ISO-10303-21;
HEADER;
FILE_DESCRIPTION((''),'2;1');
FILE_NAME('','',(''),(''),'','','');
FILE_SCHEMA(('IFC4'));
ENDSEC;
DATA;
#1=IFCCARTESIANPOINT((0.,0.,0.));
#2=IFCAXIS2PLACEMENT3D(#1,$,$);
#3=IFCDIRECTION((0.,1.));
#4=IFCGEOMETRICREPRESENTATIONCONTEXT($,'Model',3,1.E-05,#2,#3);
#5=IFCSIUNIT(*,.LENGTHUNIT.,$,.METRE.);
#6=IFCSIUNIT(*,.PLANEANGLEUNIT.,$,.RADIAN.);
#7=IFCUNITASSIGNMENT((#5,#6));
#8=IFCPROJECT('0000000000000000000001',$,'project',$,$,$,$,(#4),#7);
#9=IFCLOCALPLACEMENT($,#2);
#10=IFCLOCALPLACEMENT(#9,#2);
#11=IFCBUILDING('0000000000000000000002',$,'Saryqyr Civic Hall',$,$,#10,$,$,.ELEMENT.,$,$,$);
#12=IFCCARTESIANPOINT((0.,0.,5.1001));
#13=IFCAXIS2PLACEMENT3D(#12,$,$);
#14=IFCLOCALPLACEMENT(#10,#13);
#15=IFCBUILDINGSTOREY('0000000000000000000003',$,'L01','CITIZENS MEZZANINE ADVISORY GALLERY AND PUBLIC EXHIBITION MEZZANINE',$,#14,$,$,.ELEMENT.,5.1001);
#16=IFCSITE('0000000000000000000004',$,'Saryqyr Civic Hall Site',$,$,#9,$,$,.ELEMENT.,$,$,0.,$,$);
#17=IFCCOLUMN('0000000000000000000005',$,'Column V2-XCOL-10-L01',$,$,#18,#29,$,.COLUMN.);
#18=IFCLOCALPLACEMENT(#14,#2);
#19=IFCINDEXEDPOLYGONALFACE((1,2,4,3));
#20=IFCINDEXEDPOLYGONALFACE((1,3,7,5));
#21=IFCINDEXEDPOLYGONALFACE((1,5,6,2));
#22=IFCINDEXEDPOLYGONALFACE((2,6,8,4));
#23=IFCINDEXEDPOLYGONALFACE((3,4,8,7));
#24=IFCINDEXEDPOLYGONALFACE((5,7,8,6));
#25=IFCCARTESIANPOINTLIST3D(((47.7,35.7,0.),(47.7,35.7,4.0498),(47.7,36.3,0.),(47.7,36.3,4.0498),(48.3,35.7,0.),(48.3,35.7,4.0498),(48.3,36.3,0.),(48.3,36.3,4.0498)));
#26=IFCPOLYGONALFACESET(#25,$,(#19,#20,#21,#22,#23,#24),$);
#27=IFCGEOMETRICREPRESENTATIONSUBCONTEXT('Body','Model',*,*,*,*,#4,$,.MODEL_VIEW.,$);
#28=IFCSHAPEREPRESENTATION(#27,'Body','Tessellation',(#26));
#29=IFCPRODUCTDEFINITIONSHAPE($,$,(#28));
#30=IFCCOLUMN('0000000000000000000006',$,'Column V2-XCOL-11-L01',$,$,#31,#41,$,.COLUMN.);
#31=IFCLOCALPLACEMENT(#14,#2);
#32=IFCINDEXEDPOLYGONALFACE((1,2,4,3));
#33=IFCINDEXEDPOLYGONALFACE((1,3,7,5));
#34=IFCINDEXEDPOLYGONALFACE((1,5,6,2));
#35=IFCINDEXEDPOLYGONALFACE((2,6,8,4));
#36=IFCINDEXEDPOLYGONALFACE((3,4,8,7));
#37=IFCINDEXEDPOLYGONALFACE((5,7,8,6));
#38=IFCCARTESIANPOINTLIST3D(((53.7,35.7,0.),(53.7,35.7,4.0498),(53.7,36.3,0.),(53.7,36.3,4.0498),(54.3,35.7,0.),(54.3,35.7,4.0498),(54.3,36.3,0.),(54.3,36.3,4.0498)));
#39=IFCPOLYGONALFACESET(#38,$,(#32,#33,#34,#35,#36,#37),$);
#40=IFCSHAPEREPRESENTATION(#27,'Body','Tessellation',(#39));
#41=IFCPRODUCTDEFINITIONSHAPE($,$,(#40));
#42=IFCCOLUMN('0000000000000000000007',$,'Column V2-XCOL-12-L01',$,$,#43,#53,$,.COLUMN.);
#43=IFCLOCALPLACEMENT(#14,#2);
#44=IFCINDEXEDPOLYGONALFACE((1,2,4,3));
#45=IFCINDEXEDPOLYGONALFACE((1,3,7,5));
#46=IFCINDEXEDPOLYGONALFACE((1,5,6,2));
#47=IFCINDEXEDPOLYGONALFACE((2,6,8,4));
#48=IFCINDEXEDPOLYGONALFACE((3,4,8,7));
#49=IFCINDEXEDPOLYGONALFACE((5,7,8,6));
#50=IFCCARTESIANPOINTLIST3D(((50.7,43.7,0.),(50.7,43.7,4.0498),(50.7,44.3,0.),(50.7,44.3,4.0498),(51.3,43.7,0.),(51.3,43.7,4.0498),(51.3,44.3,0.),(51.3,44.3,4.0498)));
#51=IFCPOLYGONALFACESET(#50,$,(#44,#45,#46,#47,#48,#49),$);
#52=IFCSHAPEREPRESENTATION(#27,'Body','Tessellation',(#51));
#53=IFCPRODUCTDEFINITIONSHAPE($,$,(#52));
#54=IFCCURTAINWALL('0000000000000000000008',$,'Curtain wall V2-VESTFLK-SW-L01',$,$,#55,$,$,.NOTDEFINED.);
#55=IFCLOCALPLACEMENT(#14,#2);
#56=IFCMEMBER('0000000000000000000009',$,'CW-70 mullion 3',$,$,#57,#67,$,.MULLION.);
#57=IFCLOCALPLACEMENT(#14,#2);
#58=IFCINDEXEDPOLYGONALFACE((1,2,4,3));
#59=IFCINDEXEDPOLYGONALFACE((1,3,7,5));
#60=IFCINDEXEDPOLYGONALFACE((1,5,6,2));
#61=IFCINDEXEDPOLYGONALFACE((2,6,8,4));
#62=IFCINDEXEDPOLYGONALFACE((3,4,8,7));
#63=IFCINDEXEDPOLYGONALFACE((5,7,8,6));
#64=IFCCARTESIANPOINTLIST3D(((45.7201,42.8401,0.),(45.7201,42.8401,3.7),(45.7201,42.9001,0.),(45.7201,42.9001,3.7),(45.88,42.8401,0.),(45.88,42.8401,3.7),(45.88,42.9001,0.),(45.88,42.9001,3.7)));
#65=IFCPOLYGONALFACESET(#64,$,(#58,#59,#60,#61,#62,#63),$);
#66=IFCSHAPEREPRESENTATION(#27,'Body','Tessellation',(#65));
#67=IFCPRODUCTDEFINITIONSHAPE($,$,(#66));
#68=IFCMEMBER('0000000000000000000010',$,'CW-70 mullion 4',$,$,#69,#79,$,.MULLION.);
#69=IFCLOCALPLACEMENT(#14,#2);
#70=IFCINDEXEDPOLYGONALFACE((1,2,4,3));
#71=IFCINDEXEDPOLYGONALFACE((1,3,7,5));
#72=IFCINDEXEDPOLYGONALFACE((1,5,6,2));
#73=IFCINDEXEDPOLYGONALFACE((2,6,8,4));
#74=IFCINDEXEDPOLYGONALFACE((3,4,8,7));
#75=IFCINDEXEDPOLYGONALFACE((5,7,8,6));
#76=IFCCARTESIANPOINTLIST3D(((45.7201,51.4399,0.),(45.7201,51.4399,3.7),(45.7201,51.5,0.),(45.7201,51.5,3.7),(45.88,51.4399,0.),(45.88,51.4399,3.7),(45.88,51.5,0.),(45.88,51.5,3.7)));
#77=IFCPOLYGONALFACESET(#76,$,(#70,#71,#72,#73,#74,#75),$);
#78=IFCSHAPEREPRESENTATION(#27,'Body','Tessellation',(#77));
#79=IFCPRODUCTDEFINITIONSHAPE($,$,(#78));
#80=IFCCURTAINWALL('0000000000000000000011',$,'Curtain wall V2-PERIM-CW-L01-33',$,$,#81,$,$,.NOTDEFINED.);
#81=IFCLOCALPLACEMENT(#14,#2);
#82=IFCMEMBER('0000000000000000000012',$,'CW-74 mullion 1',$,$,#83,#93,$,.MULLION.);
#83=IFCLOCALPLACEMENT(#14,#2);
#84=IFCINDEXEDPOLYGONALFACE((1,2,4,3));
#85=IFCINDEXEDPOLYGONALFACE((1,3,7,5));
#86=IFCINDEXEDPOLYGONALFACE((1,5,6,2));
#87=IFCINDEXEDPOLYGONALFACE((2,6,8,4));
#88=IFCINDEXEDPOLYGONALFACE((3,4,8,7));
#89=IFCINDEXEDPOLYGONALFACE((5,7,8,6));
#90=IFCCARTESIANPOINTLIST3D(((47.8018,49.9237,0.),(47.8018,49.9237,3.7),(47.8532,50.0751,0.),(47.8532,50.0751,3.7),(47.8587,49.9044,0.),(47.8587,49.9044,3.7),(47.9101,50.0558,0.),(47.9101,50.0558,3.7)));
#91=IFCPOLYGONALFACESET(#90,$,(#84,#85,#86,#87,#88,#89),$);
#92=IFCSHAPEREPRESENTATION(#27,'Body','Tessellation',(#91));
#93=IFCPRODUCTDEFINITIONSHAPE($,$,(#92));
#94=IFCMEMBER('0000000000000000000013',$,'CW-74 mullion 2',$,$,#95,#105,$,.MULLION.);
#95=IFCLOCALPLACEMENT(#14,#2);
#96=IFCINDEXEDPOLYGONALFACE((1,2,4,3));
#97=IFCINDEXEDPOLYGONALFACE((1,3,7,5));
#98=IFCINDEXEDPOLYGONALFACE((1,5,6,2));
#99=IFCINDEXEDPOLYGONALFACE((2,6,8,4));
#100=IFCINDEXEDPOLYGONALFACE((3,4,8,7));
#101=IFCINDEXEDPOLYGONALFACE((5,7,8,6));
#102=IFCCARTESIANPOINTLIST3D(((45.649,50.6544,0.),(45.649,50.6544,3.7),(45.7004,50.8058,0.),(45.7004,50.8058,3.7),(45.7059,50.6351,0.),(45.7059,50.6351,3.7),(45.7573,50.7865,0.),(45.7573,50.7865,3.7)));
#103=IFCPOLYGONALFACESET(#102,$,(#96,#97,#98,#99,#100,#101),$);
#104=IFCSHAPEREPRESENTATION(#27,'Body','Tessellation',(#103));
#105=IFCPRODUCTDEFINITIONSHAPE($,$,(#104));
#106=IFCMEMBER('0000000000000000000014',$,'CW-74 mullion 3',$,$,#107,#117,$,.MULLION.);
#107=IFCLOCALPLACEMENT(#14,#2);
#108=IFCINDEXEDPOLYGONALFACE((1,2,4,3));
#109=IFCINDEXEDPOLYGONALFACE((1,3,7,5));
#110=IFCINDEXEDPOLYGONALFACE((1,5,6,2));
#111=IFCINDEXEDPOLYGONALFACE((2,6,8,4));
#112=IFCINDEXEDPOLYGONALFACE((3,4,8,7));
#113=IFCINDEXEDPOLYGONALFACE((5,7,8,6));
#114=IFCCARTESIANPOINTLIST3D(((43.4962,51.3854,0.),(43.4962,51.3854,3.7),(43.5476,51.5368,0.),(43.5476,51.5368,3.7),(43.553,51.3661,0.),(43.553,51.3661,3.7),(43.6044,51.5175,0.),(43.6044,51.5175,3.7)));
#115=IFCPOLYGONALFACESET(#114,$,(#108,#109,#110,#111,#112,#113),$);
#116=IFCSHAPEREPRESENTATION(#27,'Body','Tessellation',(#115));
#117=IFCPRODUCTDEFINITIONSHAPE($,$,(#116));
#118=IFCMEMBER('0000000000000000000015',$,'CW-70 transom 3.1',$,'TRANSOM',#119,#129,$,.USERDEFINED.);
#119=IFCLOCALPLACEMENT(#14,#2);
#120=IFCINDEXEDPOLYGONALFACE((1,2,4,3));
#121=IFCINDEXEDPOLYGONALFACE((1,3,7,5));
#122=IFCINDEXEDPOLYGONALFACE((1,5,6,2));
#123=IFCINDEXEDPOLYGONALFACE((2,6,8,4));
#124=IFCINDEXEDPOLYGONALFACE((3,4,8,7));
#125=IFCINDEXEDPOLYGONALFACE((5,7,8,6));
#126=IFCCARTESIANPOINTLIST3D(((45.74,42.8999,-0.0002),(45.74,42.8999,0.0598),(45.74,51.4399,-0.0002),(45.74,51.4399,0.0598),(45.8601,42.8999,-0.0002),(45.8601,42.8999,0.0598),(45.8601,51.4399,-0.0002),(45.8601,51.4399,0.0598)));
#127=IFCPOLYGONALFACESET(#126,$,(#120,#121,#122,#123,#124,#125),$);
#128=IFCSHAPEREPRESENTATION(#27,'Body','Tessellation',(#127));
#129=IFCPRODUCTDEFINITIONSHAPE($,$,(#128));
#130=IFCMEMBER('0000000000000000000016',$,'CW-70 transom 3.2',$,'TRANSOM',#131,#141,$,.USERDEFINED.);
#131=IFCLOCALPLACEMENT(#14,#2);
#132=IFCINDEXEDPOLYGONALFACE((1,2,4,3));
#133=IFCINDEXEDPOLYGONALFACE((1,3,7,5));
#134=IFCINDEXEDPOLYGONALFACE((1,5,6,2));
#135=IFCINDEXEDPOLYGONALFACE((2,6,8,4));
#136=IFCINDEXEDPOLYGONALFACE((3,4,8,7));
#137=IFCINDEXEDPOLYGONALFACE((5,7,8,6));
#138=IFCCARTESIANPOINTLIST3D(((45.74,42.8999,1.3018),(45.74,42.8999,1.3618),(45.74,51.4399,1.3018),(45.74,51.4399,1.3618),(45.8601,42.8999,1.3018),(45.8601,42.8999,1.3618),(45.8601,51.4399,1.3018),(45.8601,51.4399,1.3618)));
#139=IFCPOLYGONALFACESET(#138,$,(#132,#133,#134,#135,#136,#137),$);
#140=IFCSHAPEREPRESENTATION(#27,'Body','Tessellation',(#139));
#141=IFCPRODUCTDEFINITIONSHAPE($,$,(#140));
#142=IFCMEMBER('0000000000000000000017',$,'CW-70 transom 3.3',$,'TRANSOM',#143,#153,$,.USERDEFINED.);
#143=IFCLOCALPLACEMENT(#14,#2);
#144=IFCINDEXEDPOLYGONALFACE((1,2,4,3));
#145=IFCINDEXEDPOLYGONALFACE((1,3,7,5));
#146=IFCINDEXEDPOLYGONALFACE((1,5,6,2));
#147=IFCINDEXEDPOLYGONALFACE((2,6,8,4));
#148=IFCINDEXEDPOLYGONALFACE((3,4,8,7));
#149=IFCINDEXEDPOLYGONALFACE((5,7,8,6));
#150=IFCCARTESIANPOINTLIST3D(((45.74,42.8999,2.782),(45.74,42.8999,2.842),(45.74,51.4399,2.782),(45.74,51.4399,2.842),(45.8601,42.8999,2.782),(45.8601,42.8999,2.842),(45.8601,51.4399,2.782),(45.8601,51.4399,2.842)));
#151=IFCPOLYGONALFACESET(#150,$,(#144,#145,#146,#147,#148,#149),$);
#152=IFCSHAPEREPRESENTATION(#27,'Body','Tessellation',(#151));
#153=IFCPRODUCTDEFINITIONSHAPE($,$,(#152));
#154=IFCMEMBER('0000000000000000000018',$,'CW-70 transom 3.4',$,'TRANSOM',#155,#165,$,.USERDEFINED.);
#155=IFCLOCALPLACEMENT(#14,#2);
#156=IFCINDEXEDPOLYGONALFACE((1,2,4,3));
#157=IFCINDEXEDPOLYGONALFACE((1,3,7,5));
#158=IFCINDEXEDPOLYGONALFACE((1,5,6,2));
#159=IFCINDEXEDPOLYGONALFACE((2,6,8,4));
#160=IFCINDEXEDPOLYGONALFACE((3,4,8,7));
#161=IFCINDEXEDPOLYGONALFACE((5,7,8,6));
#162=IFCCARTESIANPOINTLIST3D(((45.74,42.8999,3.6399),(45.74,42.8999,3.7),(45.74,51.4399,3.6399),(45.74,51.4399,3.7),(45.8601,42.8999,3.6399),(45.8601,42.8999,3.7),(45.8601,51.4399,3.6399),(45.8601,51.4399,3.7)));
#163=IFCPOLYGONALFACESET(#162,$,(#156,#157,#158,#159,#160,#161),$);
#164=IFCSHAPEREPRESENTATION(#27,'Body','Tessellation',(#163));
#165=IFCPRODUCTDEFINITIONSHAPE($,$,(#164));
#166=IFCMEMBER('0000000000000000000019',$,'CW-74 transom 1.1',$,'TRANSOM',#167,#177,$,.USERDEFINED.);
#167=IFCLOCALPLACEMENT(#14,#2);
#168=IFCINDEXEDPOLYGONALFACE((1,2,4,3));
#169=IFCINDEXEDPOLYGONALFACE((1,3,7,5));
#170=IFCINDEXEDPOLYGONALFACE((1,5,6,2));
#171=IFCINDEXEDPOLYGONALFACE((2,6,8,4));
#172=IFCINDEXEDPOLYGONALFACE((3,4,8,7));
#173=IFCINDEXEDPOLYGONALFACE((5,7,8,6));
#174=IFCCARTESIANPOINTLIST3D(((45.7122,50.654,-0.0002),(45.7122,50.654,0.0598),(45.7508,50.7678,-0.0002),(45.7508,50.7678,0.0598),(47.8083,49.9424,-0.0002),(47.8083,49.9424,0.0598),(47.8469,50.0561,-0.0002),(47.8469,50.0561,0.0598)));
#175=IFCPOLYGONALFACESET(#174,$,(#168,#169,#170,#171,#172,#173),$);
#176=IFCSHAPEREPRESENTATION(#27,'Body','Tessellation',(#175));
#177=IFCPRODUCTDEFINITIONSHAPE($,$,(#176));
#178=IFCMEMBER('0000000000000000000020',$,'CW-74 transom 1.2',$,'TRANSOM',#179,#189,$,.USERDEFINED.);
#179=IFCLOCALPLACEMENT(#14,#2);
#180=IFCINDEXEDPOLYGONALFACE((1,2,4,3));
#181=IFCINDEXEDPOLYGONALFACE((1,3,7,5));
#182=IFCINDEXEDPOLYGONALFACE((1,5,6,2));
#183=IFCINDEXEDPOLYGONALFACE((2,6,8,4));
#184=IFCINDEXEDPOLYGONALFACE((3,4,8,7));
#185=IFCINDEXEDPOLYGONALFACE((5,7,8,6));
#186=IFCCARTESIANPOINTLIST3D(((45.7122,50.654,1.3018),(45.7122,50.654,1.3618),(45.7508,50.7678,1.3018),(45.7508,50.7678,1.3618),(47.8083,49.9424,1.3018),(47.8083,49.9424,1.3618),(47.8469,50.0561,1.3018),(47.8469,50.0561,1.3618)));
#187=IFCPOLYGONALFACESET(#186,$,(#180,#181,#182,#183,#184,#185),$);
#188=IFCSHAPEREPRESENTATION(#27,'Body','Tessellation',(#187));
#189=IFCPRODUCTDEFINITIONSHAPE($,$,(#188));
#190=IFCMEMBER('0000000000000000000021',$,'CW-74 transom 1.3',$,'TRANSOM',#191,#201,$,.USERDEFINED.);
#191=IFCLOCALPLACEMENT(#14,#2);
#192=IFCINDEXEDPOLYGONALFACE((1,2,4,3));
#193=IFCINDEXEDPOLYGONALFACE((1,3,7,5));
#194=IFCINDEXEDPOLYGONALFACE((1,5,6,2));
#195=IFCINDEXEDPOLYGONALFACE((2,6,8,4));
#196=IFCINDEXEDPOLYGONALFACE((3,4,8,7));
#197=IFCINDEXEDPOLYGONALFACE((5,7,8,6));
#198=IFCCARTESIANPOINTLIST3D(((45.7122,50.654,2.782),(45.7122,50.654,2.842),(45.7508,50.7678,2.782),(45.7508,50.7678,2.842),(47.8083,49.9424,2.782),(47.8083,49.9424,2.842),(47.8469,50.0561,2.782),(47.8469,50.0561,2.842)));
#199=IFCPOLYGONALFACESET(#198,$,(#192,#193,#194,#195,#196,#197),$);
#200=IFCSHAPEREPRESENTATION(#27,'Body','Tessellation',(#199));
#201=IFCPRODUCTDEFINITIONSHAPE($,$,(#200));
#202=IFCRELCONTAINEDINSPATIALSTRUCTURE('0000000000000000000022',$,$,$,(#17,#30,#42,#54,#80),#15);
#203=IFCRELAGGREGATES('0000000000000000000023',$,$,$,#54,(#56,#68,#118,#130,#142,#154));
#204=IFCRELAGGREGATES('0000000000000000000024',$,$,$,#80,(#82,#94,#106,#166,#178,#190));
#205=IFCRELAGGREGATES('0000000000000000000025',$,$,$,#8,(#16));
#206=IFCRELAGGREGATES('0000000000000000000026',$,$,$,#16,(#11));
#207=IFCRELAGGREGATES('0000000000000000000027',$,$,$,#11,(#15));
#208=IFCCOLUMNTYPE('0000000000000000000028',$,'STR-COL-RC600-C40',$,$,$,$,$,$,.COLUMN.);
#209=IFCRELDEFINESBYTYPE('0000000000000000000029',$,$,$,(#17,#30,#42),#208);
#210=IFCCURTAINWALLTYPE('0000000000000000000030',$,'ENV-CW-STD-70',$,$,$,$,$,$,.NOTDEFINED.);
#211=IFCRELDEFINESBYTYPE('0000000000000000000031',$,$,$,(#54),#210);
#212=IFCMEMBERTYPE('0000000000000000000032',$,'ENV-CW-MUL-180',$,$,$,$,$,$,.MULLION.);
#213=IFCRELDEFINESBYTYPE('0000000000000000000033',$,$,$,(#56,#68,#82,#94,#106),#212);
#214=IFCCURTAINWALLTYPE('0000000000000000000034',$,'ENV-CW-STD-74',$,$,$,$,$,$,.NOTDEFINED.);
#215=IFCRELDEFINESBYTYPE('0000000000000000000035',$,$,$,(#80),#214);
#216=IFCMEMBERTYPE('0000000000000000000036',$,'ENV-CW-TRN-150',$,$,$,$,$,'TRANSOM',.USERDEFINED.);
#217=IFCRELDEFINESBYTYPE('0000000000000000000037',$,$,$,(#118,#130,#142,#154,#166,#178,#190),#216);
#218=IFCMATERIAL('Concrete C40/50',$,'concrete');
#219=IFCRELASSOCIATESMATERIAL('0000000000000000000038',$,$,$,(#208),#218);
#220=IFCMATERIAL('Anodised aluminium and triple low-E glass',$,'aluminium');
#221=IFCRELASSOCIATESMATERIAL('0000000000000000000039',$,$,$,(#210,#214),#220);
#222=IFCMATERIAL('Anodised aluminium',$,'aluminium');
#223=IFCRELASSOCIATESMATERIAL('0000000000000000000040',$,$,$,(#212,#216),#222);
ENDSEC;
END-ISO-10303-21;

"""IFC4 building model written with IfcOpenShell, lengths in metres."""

from ifc_helpers import new_model, si_unit, direction, frame, origin, origin_2d, place, context, subcontext, project, spatial, rectangle, extrude, material, material_profile, profile_set, type_object, element, aggregate, save


model = new_model("IFC4")

# Units and contexts
model_context = context("Model", 3, precision=1e-05, world=origin(), true_north=direction((0.0, 1.0)))
body_context = subcontext(model_context, "Body", "Model", "MODEL_VIEW")
ifc_project = project(units=[si_unit("LENGTHUNIT", "METRE"), si_unit("PLANEANGLEUNIT", "RADIAN")], contexts=[model_context])

# Site, building, storey
site_placement = place(None, origin())
site = spatial("IfcSite", under=ifc_project, at=site_placement, Name="Saryqyr Civic Hall Site", CompositionType="ELEMENT", RefElevation=0.0)
building_placement = place(site_placement, origin())
building = spatial("IfcBuilding", under=site, at=building_placement, Name="Saryqyr Civic Hall", CompositionType="ELEMENT")
storey_placement = place(building_placement, frame((0.0, 0.0, 5.1001)))
storey = spatial("IfcBuildingStorey", under=building, at=storey_placement, Name="L01", Description="CITIZENS MEZZANINE ADVISORY GALLERY AND PUBLIC EXHIBITION MEZZANINE", CompositionType="ELEMENT", Elevation=5.1001)

# Columns
ifc_material_1 = material(Name="Concrete C40/50", Category="concrete")
ifc_material_profile_1 = material_profile(ifc_material_1, rectangle(XDim=0.6001, YDim=0.6001, at=origin_2d()), Name="RC 600x600")
ifc_profile_set_1 = profile_set([ifc_material_profile_1], Name="Concrete C40/50")
column_type = type_object("IfcColumnType", Name="STR-COL-RC600-C40", PredefinedType="COLUMN", material=ifc_profile_set_1)
for number, where, z_axis, x_axis, name in (
    (1, (48.0, 36.0, 0.0), (0.0, 0.0, 1.0), (1.0, 0.0, 0.0), "Column V2-XCOL-10-L01"),
    (2, (54.0, 36.0, 0.0), (0.0, 0.0, 1.0), (1.0, 0.0, 0.0), "Column V2-XCOL-11-L01"),
    (3, (51.0, 44.0, 0.0), (0.0, 0.0, 1.0), (1.0, 0.0, 0.0), "Column V2-XCOL-12-L01"),
):
    element("IfcColumn", number, at=place(storey_placement, frame(where, z_axis=z_axis, x_axis=x_axis)), inside=storey, type_object=column_type, Name=name, PredefinedType="COLUMN", context=body_context, shape_type="SweptSolid", body=[
        extrude(rectangle(XDim=0.6001, YDim=0.6001, at=origin_2d()), origin(), (0.0, 0.0, 1.0), 4.0498),
    ])

# Curtain walls, members
ifc_material_2 = material(Name="Anodised aluminium and triple low-E glass", Category="aluminium")
curtain_wall_type_1 = type_object("IfcCurtainWallType", Name="ENV-CW-STD-70", PredefinedType="NOTDEFINED", material=ifc_material_2)
curtain_wall_1_placement = place(storey_placement, origin())
curtain_wall_1 = element("IfcCurtainWall", 4, at=curtain_wall_1_placement, inside=storey, type_object=curtain_wall_type_1, Name="Curtain wall V2-VESTFLK-SW-L01", PredefinedType="NOTDEFINED")
ifc_material_3 = material(Name="Anodised aluminium", Category="aluminium")
ifc_material_profile_2 = material_profile(ifc_material_3, rectangle(XDim=0.0601, YDim=0.1599, at=origin_2d()), Name="ALU MULLION 60x160")
ifc_profile_set_2 = profile_set([ifc_material_profile_2], Name="Anodised aluminium")
member_type_1 = type_object("IfcMemberType", Name="ENV-CW-MUL-180", PredefinedType="MULLION", material=ifc_profile_set_2)
member_1_placement = place(storey_placement, frame((45.8, 42.8701, 0.0), z_axis=(0.0, 0.0, 1.0), x_axis=(0.0, 1.0, 0.0)))
member_1 = element("IfcMember", 5, at=member_1_placement, type_object=member_type_1, Name="CW-70 mullion 3", PredefinedType="MULLION", context=body_context, shape_type="SweptSolid", body=[
    extrude(rectangle(XDim=0.0601, YDim=0.1599, at=origin_2d()), origin(), (0.0, 0.0, 1.0), 3.7),
])
member_2_placement = place(storey_placement, frame((45.8, 51.47, 0.0), z_axis=(0.0, 0.0, 1.0), x_axis=(0.0, 1.0, 0.0)))
member_2 = element("IfcMember", 6, at=member_2_placement, type_object=member_type_1, Name="CW-70 mullion 4", PredefinedType="MULLION", context=body_context, shape_type="SweptSolid", body=[
    extrude(rectangle(XDim=0.0601, YDim=0.1599, at=origin_2d()), origin(), (0.0, 0.0, 1.0), 3.7),
])
curtain_wall_type_2 = type_object("IfcCurtainWallType", Name="ENV-CW-STD-74", PredefinedType="NOTDEFINED", material=ifc_material_2)
curtain_wall_2_placement = place(storey_placement, origin())
curtain_wall_2 = element("IfcCurtainWall", 7, at=curtain_wall_2_placement, inside=storey, type_object=curtain_wall_type_2, Name="Curtain wall V2-PERIM-CW-L01-33", PredefinedType="NOTDEFINED")
member_3_placement = place(storey_placement, frame((47.856, 49.9897, 0.0), z_axis=(0.0, 0.0, 1.0), x_axis=(-0.946928, 0.321445, 0.0)))
member_3 = element("IfcMember", 8, at=member_3_placement, type_object=member_type_1, Name="CW-74 mullion 1", PredefinedType="MULLION", context=body_context, shape_type="SweptSolid", body=[
    extrude(rectangle(XDim=0.0601, YDim=0.1599, at=origin_2d()), origin(), (0.0, 0.0, 1.0), 3.7),
])
member_4_placement = place(storey_placement, frame((45.7031, 50.7205, 0.0), z_axis=(0.0, 0.0, 1.0), x_axis=(-0.946928, 0.321445, 0.0)))
member_4 = element("IfcMember", 9, at=member_4_placement, type_object=member_type_1, Name="CW-74 mullion 2", PredefinedType="MULLION", context=body_context, shape_type="SweptSolid", body=[
    extrude(rectangle(XDim=0.0601, YDim=0.1599, at=origin_2d()), origin(), (0.0, 0.0, 1.0), 3.7),
])
member_5_placement = place(storey_placement, frame((43.5503, 51.4514, 0.0), z_axis=(0.0, 0.0, 1.0), x_axis=(-0.946928, 0.321445, 0.0)))
member_5 = element("IfcMember", 10, at=member_5_placement, type_object=member_type_1, Name="CW-74 mullion 3", PredefinedType="MULLION", context=body_context, shape_type="SweptSolid", body=[
    extrude(rectangle(XDim=0.0601, YDim=0.1599, at=origin_2d()), origin(), (0.0, 0.0, 1.0), 3.7),
])

# Members
ifc_material_profile_3 = material_profile(ifc_material_3, rectangle(XDim=0.1201, YDim=0.0601, at=origin_2d()), Name="ALU TRANSOM 120x60")
ifc_profile_set_3 = profile_set([ifc_material_profile_3], Name="Anodised aluminium")
member_type_2 = type_object("IfcMemberType", Name="ENV-CW-TRN-150", ElementType="TRANSOM", PredefinedType="USERDEFINED", material=ifc_profile_set_3)
member_6_placement = place(storey_placement, frame((45.8, 42.8999, 0.0298), z_axis=(0.0, 1.0, 0.0), x_axis=(-1.0, 0.0, 0.0)))
member_6 = element("IfcMember", 11, at=member_6_placement, type_object=member_type_2, Name="CW-70 transom 3.1", ObjectType="TRANSOM", PredefinedType="USERDEFINED", context=body_context, shape_type="SweptSolid", body=[
    extrude(rectangle(XDim=0.1201, YDim=0.0601, at=origin_2d()), origin(), (0.0, 0.0, 1.0), 8.54),
])
member_7_placement = place(storey_placement, frame((45.8, 42.8999, 1.3318), z_axis=(0.0, 1.0, 0.0), x_axis=(-1.0, 0.0, 0.0)))
member_7 = element("IfcMember", 12, at=member_7_placement, type_object=member_type_2, Name="CW-70 transom 3.2", ObjectType="TRANSOM", PredefinedType="USERDEFINED", context=body_context, shape_type="SweptSolid", body=[
    extrude(rectangle(XDim=0.1201, YDim=0.0601, at=origin_2d()), origin(), (0.0, 0.0, 1.0), 8.54),
])
member_8_placement = place(storey_placement, frame((45.8, 42.8999, 2.812), z_axis=(0.0, 1.0, 0.0), x_axis=(-1.0, 0.0, 0.0)))
member_8 = element("IfcMember", 13, at=member_8_placement, type_object=member_type_2, Name="CW-70 transom 3.3", ObjectType="TRANSOM", PredefinedType="USERDEFINED", context=body_context, shape_type="SweptSolid", body=[
    extrude(rectangle(XDim=0.1201, YDim=0.0601, at=origin_2d()), origin(), (0.0, 0.0, 1.0), 8.54),
])
member_9_placement = place(storey_placement, frame((45.8, 42.8999, 3.6699), z_axis=(0.0, 1.0, 0.0), x_axis=(-1.0, 0.0, 0.0)))
member_9 = element("IfcMember", 14, at=member_9_placement, type_object=member_type_2, Name="CW-70 transom 3.4", ObjectType="TRANSOM", PredefinedType="USERDEFINED", context=body_context, shape_type="SweptSolid", body=[
    extrude(rectangle(XDim=0.1201, YDim=0.0601, at=origin_2d()), origin(), (0.0, 0.0, 1.0), 8.54),
])
member_10_placement = place(storey_placement, frame((47.8276, 49.9993, 0.0298), z_axis=(-0.946915, 0.321484, 0.0), x_axis=(-0.321484, -0.946915, 0.0)))
member_10 = element("IfcMember", 15, at=member_10_placement, type_object=member_type_2, Name="CW-74 transom 1.1", ObjectType="TRANSOM", PredefinedType="USERDEFINED", context=body_context, shape_type="SweptSolid", body=[
    extrude(rectangle(XDim=0.1201, YDim=0.0601, at=origin_2d()), origin(), (0.0, 0.0, 1.0), 2.2136),
])
member_11_placement = place(storey_placement, frame((47.8276, 49.9993, 1.3318), z_axis=(-0.946915, 0.321484, 0.0), x_axis=(-0.321484, -0.946915, 0.0)))
member_11 = element("IfcMember", 16, at=member_11_placement, type_object=member_type_2, Name="CW-74 transom 1.2", ObjectType="TRANSOM", PredefinedType="USERDEFINED", context=body_context, shape_type="SweptSolid", body=[
    extrude(rectangle(XDim=0.1201, YDim=0.0601, at=origin_2d()), origin(), (0.0, 0.0, 1.0), 2.2136),
])
member_12_placement = place(storey_placement, frame((47.8276, 49.9993, 2.812), z_axis=(-0.946915, 0.321484, 0.0), x_axis=(-0.321484, -0.946915, 0.0)))
member_12 = element("IfcMember", 17, at=member_12_placement, type_object=member_type_2, Name="CW-74 transom 1.3", ObjectType="TRANSOM", PredefinedType="USERDEFINED", context=body_context, shape_type="SweptSolid", body=[
    extrude(rectangle(XDim=0.1201, YDim=0.0601, at=origin_2d()), origin(), (0.0, 0.0, 1.0), 2.2136),
])

aggregate(curtain_wall_1, [member_1, member_2, member_6, member_7, member_8, member_9])
aggregate(curtain_wall_2, [member_3, member_4, member_5, member_10, member_11, member_12])

save(model, "model.ifc")
